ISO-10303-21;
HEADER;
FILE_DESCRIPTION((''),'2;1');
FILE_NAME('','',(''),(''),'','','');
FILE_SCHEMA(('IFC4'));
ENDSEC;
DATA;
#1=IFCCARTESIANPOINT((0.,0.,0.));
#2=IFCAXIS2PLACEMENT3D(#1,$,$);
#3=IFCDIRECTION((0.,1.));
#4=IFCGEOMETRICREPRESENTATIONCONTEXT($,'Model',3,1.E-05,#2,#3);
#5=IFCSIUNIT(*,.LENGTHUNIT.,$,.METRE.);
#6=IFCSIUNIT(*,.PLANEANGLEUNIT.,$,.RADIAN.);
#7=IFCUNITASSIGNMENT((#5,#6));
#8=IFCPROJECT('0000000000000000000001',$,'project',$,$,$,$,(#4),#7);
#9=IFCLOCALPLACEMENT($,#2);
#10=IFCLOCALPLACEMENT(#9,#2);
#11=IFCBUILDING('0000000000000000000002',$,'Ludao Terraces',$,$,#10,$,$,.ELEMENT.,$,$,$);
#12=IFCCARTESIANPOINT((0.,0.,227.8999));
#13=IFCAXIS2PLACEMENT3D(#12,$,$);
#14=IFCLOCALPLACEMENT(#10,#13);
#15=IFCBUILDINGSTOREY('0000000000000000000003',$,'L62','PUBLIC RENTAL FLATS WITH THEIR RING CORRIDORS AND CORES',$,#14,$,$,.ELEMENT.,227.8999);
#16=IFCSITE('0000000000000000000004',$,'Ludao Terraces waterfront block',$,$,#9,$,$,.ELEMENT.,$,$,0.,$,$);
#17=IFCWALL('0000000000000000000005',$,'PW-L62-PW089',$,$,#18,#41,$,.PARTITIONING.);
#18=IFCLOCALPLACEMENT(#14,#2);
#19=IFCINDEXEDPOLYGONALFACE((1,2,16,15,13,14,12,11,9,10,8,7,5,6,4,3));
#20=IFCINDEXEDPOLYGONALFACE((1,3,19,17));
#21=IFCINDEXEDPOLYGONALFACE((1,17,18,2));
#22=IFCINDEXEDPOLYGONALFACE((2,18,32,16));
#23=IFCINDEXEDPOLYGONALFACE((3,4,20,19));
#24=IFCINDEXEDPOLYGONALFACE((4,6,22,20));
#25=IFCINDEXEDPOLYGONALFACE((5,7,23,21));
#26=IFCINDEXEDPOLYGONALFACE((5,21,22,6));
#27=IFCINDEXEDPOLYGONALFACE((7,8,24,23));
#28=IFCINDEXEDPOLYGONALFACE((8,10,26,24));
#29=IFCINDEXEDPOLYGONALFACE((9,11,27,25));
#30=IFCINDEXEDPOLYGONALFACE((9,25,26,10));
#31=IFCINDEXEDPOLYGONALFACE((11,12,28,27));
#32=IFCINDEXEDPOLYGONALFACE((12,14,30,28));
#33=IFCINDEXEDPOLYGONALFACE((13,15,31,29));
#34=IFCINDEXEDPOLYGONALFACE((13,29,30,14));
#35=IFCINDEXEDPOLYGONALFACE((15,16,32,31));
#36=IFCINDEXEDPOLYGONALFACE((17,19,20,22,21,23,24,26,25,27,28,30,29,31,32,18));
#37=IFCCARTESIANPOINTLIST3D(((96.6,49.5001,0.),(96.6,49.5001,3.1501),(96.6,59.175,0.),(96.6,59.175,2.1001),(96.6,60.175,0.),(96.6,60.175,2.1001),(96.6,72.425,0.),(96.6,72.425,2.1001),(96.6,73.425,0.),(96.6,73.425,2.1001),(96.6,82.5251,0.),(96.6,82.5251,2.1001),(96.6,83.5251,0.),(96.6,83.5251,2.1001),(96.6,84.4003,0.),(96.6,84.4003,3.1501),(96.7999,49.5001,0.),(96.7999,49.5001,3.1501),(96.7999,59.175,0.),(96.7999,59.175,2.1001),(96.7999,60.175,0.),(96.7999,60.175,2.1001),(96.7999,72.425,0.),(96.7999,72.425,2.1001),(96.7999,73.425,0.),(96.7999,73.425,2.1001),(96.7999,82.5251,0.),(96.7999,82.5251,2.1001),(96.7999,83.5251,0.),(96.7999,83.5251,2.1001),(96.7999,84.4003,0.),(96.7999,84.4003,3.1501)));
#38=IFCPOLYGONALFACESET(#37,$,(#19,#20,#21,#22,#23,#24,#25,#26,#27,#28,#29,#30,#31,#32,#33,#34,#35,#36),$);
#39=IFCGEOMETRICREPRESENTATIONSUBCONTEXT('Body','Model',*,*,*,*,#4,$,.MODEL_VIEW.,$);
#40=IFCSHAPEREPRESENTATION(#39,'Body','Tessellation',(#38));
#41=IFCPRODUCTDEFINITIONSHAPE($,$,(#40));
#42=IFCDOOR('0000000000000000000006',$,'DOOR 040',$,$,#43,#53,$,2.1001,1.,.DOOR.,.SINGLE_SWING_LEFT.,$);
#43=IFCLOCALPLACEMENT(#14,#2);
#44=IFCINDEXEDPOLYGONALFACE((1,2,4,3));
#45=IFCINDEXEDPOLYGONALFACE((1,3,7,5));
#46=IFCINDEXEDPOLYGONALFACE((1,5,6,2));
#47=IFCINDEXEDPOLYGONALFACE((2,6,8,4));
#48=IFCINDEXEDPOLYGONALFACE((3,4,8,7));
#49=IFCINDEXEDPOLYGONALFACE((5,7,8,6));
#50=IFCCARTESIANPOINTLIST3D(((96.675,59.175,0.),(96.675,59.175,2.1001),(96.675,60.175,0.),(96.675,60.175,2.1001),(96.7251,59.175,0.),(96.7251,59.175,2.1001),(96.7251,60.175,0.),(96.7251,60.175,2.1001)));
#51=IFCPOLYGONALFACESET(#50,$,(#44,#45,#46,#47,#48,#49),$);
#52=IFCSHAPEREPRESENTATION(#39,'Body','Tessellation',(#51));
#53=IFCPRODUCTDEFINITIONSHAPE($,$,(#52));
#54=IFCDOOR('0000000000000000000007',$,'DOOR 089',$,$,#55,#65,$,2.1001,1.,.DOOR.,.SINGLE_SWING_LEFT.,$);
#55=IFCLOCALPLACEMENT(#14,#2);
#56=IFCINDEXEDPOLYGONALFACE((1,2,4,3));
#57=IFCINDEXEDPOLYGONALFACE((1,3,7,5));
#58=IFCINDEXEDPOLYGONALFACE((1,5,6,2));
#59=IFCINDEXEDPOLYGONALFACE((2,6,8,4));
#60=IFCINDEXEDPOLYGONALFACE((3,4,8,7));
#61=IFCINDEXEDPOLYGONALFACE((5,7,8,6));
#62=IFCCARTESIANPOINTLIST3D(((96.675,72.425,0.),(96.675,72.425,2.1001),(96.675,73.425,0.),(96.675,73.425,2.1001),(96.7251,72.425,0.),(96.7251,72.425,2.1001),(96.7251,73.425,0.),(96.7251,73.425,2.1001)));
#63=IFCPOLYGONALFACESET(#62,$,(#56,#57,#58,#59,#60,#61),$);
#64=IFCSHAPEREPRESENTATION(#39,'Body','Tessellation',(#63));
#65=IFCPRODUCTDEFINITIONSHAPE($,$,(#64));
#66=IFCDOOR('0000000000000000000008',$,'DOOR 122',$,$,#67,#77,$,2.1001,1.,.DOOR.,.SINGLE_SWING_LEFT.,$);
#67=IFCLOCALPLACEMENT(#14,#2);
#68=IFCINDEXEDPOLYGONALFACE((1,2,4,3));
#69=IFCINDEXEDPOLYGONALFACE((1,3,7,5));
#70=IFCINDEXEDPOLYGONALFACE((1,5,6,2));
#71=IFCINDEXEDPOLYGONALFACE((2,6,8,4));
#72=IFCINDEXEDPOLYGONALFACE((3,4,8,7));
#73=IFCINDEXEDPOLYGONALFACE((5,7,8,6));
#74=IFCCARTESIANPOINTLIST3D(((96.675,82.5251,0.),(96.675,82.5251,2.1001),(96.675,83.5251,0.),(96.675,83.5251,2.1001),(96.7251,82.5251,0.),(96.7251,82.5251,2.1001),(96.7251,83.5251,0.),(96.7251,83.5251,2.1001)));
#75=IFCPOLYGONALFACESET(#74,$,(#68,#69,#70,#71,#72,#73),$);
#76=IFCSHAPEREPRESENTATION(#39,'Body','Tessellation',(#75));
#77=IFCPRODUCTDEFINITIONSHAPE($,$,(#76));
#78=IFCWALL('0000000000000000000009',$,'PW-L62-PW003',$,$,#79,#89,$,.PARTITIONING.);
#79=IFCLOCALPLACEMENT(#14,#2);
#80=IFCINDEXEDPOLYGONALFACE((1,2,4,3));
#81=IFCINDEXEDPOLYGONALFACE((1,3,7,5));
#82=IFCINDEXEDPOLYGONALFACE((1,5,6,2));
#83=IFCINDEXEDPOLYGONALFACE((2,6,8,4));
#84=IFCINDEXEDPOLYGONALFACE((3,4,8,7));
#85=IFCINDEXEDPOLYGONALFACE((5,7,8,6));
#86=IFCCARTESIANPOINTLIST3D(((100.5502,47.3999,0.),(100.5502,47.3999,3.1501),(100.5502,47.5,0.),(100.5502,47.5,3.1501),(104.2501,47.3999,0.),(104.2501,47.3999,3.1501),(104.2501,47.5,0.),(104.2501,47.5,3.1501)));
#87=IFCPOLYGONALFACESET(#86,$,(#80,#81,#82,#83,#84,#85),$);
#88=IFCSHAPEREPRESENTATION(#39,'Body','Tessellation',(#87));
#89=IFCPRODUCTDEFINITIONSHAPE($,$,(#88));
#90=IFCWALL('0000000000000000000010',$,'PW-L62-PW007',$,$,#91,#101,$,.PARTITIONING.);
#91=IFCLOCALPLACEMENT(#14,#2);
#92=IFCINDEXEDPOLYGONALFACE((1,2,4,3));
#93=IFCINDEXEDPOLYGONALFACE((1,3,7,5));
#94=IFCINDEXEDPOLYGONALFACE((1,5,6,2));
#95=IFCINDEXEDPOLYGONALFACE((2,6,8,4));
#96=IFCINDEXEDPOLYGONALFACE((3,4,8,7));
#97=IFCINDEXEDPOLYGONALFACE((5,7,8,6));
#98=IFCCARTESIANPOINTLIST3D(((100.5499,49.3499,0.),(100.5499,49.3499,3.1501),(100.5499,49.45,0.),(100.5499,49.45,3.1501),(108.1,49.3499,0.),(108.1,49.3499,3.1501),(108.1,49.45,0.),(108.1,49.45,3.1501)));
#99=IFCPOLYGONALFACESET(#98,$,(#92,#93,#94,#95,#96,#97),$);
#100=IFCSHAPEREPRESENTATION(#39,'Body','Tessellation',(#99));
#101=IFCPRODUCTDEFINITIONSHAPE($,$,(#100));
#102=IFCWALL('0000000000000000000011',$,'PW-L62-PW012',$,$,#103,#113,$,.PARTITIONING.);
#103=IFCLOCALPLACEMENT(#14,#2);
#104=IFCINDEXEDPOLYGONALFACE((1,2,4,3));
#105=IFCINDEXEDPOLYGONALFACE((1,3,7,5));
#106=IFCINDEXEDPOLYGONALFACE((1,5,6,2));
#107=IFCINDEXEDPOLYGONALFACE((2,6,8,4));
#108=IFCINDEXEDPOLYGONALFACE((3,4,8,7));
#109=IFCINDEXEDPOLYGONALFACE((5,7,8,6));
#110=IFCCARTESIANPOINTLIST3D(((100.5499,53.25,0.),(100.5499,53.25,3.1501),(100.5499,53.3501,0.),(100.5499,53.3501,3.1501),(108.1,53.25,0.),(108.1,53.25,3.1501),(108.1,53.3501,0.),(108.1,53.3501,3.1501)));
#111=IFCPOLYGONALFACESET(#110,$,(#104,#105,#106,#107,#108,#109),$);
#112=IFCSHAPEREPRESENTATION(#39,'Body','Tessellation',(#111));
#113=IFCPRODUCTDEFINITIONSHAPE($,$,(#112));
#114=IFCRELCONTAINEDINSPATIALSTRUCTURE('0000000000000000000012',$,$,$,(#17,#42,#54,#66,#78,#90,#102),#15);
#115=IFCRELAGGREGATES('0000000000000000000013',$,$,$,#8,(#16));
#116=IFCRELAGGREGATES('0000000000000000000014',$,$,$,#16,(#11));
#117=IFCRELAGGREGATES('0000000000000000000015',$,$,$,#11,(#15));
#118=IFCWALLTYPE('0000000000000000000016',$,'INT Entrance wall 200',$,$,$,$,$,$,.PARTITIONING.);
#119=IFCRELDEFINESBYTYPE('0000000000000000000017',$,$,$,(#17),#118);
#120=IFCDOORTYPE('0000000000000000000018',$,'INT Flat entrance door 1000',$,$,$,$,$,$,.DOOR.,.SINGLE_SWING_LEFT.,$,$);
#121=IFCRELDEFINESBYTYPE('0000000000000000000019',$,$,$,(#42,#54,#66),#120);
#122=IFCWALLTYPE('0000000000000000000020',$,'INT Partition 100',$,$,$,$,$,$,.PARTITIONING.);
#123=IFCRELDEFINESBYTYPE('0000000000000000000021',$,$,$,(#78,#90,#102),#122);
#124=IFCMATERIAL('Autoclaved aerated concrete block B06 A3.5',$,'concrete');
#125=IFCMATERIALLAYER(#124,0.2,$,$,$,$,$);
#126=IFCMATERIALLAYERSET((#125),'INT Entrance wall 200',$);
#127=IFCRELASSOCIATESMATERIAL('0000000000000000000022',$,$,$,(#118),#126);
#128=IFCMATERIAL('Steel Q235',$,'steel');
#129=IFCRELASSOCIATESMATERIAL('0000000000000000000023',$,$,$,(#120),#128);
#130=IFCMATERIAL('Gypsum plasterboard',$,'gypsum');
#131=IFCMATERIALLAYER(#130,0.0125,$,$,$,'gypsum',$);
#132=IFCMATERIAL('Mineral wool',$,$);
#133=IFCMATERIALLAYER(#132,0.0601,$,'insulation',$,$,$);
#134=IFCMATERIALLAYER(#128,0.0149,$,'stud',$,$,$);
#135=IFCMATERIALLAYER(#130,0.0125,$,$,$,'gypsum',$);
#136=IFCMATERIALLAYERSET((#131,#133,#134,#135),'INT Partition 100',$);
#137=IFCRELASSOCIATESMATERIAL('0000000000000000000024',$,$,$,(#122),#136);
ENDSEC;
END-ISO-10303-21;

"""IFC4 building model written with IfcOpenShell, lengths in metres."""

from ifc_helpers import new_model, si_unit, direction, frame, frame_2d, origin, place, context, subcontext, project, spatial, rectangle, extrude, material, layer, layer_set, type_object, element, fill, save


model = new_model("IFC4")

# Units and contexts
model_context = context("Model", 3, precision=1e-05, world=origin(), true_north=direction((0.0, 1.0)))
body_context = subcontext(model_context, "Body", "Model", "MODEL_VIEW")
ifc_project = project(units=[si_unit("LENGTHUNIT", "METRE"), si_unit("PLANEANGLEUNIT", "RADIAN")], contexts=[model_context])

# Site, building, storey
site_placement = place(None, origin())
site = spatial("IfcSite", under=ifc_project, at=site_placement, Name="Ludao Terraces waterfront block", CompositionType="ELEMENT", RefElevation=0.0)
building_placement = place(site_placement, origin())
building = spatial("IfcBuilding", under=site, at=building_placement, Name="Ludao Terraces", CompositionType="ELEMENT")
storey_placement = place(building_placement, frame((0.0, 0.0, 227.8999)))
storey = spatial("IfcBuildingStorey", under=building, at=storey_placement, Name="L62", Description="PUBLIC RENTAL FLATS WITH THEIR RING CORRIDORS AND CORES", CompositionType="ELEMENT", Elevation=227.8999)

# Shared definitions
ifc_material_1 = material(Name="Mineral wool")

# Wall, openings, doors
ifc_material_2 = material(Name="Autoclaved aerated concrete block B06 A3.5", Category="concrete")
ifc_layer_1 = layer(ifc_material_2, 0.2)
ifc_layer_set_1 = layer_set([ifc_layer_1], Name="INT Entrance wall 200")
wall_type_1 = type_object("IfcWallType", Name="INT Entrance wall 200", PredefinedType="PARTITIONING", material=ifc_layer_set_1)
wall_1_placement = place(storey_placement, frame((96.7, 49.5, 0.0), z_axis=(0.0, 0.0, 1.0), x_axis=(0.0, 1.0, 0.0)))
wall_1 = element("IfcWall", 1, at=wall_1_placement, inside=storey, type_object=wall_type_1, Name="PW-L62-PW089", PredefinedType="PARTITIONING", context=body_context, shape_type="SweptSolid", body=[
    extrude(rectangle(XDim=34.9001, YDim=0.2, at=frame_2d((17.4502, 0.0))), origin(), (0.0, 0.0, 1.0), 3.1501),
])
opening_1_placement = place(wall_1_placement, frame((9.675, 0.0, 0.0)))
opening_1 = element("IfcOpeningElement", 2, at=opening_1_placement, cuts=wall_1, PredefinedType="OPENING", context=body_context, shape_type="SweptSolid", body=[
    extrude(rectangle(XDim=1.0, YDim=2.1001, at=frame_2d((0.5, 1.05))), frame((0.0, 0.1099, 0.0), z_axis=(0.0, -1.0, 0.0), x_axis=(1.0, 0.0, 0.0)), (0.0, 0.0, 1.0), 0.22),
])
opening_2_placement = place(wall_1_placement, frame((22.925, 0.0, 0.0)))
opening_2 = element("IfcOpeningElement", 3, at=opening_2_placement, cuts=wall_1, PredefinedType="OPENING", context=body_context, shape_type="SweptSolid", body=[
    extrude(rectangle(XDim=1.0, YDim=2.1001, at=frame_2d((0.5, 1.05))), frame((0.0, 0.1099, 0.0), z_axis=(0.0, -1.0, 0.0), x_axis=(1.0, 0.0, 0.0)), (0.0, 0.0, 1.0), 0.22),
])
opening_3_placement = place(wall_1_placement, frame((33.0251, 0.0, 0.0)))
opening_3 = element("IfcOpeningElement", 4, at=opening_3_placement, cuts=wall_1, PredefinedType="OPENING", context=body_context, shape_type="SweptSolid", body=[
    extrude(rectangle(XDim=1.0, YDim=2.1001, at=frame_2d((0.5, 1.05))), frame((0.0, 0.1099, 0.0), z_axis=(0.0, -1.0, 0.0), x_axis=(1.0, 0.0, 0.0)), (0.0, 0.0, 1.0), 0.22),
])
ifc_material_3 = material(Name="Steel Q235", Category="steel")
door_type_1 = type_object("IfcDoorType", Name="INT Flat entrance door 1000", OperationType="SINGLE_SWING_LEFT", PredefinedType="DOOR", material=ifc_material_3)
door_1_placement = place(opening_1_placement, origin())
door_1 = element("IfcDoor", 5, at=door_1_placement, inside=storey, type_object=door_type_1, Name="DOOR 040", OperationType="SINGLE_SWING_LEFT", OverallHeight=2.1001, OverallWidth=1.0, PredefinedType="DOOR", context=body_context, shape_type="SweptSolid", body=[
    extrude(rectangle(XDim=1.0, YDim=2.1001, at=frame_2d((0.5, 1.05))), frame((0.0, 0.0249, 0.0), z_axis=(0.0, -1.0, 0.0), x_axis=(1.0, 0.0, 0.0)), (0.0, 0.0, 1.0), 0.05),
])
fill(opening_1, door_1)
door_2_placement = place(opening_2_placement, origin())
door_2 = element("IfcDoor", 6, at=door_2_placement, inside=storey, type_object=door_type_1, Name="DOOR 089", OperationType="SINGLE_SWING_LEFT", OverallHeight=2.1001, OverallWidth=1.0, PredefinedType="DOOR", context=body_context, shape_type="SweptSolid", body=[
    extrude(rectangle(XDim=1.0, YDim=2.1001, at=frame_2d((0.5, 1.05))), frame((0.0, 0.0249, 0.0), z_axis=(0.0, -1.0, 0.0), x_axis=(1.0, 0.0, 0.0)), (0.0, 0.0, 1.0), 0.05),
])
fill(opening_2, door_2)
door_3_placement = place(opening_3_placement, origin())
door_3 = element("IfcDoor", 7, at=door_3_placement, inside=storey, type_object=door_type_1, Name="DOOR 122", OperationType="SINGLE_SWING_LEFT", OverallHeight=2.1001, OverallWidth=1.0, PredefinedType="DOOR", context=body_context, shape_type="SweptSolid", body=[
    extrude(rectangle(XDim=1.0, YDim=2.1001, at=frame_2d((0.5, 1.05))), frame((0.0, 0.0249, 0.0), z_axis=(0.0, -1.0, 0.0), x_axis=(1.0, 0.0, 0.0)), (0.0, 0.0, 1.0), 0.05),
])
fill(opening_3, door_3)

# Walls
ifc_material_4 = material(Name="Gypsum plasterboard", Category="gypsum")
ifc_layer_2 = layer(ifc_material_4, 0.0125, Category="gypsum")
ifc_layer_3 = layer(ifc_material_1, 0.0601, Name="insulation")
ifc_layer_4 = layer(ifc_material_3, 0.0149, Name="stud")
ifc_layer_5 = layer(ifc_material_4, 0.0125, Category="gypsum")
ifc_layer_set_2 = layer_set([ifc_layer_2, ifc_layer_3, ifc_layer_4, ifc_layer_5], Name="INT Partition 100")
wall_type_2 = type_object("IfcWallType", Name="INT Partition 100", PredefinedType="PARTITIONING", material=ifc_layer_set_2)
wall_2_placement = place(storey_placement, frame((100.55, 47.45, 0.0), z_axis=(0.0, 0.0, 1.0), x_axis=(1.0, 0.0, 0.0)))
element("IfcWall", 8, at=wall_2_placement, inside=storey, type_object=wall_type_2, Name="PW-L62-PW003", PredefinedType="PARTITIONING", context=body_context, shape_type="SweptSolid", body=[
    extrude(rectangle(XDim=3.7, YDim=0.1001, at=frame_2d((1.8501, 0.0))), origin(), (0.0, 0.0, 1.0), 3.1501),
])
for number, where, z_axis, x_axis, name in (
    (9, (100.55, 49.3999, 0.0), (0.0, 0.0, 1.0), (1.0, 0.0, 0.0), "PW-L62-PW007"),
    (10, (100.55, 53.3, 0.0), (0.0, 0.0, 1.0), (1.0, 0.0, 0.0), "PW-L62-PW012"),
):
    element("IfcWall", number, at=place(storey_placement, frame(where, z_axis=z_axis, x_axis=x_axis)), inside=storey, type_object=wall_type_2, Name=name, PredefinedType="PARTITIONING", context=body_context, shape_type="SweptSolid", body=[
        extrude(rectangle(XDim=7.55, YDim=0.1001, at=frame_2d((3.7749, 0.0))), origin(), (0.0, 0.0, 1.0), 3.1501),
    ])

save(model, "model.ifc")
